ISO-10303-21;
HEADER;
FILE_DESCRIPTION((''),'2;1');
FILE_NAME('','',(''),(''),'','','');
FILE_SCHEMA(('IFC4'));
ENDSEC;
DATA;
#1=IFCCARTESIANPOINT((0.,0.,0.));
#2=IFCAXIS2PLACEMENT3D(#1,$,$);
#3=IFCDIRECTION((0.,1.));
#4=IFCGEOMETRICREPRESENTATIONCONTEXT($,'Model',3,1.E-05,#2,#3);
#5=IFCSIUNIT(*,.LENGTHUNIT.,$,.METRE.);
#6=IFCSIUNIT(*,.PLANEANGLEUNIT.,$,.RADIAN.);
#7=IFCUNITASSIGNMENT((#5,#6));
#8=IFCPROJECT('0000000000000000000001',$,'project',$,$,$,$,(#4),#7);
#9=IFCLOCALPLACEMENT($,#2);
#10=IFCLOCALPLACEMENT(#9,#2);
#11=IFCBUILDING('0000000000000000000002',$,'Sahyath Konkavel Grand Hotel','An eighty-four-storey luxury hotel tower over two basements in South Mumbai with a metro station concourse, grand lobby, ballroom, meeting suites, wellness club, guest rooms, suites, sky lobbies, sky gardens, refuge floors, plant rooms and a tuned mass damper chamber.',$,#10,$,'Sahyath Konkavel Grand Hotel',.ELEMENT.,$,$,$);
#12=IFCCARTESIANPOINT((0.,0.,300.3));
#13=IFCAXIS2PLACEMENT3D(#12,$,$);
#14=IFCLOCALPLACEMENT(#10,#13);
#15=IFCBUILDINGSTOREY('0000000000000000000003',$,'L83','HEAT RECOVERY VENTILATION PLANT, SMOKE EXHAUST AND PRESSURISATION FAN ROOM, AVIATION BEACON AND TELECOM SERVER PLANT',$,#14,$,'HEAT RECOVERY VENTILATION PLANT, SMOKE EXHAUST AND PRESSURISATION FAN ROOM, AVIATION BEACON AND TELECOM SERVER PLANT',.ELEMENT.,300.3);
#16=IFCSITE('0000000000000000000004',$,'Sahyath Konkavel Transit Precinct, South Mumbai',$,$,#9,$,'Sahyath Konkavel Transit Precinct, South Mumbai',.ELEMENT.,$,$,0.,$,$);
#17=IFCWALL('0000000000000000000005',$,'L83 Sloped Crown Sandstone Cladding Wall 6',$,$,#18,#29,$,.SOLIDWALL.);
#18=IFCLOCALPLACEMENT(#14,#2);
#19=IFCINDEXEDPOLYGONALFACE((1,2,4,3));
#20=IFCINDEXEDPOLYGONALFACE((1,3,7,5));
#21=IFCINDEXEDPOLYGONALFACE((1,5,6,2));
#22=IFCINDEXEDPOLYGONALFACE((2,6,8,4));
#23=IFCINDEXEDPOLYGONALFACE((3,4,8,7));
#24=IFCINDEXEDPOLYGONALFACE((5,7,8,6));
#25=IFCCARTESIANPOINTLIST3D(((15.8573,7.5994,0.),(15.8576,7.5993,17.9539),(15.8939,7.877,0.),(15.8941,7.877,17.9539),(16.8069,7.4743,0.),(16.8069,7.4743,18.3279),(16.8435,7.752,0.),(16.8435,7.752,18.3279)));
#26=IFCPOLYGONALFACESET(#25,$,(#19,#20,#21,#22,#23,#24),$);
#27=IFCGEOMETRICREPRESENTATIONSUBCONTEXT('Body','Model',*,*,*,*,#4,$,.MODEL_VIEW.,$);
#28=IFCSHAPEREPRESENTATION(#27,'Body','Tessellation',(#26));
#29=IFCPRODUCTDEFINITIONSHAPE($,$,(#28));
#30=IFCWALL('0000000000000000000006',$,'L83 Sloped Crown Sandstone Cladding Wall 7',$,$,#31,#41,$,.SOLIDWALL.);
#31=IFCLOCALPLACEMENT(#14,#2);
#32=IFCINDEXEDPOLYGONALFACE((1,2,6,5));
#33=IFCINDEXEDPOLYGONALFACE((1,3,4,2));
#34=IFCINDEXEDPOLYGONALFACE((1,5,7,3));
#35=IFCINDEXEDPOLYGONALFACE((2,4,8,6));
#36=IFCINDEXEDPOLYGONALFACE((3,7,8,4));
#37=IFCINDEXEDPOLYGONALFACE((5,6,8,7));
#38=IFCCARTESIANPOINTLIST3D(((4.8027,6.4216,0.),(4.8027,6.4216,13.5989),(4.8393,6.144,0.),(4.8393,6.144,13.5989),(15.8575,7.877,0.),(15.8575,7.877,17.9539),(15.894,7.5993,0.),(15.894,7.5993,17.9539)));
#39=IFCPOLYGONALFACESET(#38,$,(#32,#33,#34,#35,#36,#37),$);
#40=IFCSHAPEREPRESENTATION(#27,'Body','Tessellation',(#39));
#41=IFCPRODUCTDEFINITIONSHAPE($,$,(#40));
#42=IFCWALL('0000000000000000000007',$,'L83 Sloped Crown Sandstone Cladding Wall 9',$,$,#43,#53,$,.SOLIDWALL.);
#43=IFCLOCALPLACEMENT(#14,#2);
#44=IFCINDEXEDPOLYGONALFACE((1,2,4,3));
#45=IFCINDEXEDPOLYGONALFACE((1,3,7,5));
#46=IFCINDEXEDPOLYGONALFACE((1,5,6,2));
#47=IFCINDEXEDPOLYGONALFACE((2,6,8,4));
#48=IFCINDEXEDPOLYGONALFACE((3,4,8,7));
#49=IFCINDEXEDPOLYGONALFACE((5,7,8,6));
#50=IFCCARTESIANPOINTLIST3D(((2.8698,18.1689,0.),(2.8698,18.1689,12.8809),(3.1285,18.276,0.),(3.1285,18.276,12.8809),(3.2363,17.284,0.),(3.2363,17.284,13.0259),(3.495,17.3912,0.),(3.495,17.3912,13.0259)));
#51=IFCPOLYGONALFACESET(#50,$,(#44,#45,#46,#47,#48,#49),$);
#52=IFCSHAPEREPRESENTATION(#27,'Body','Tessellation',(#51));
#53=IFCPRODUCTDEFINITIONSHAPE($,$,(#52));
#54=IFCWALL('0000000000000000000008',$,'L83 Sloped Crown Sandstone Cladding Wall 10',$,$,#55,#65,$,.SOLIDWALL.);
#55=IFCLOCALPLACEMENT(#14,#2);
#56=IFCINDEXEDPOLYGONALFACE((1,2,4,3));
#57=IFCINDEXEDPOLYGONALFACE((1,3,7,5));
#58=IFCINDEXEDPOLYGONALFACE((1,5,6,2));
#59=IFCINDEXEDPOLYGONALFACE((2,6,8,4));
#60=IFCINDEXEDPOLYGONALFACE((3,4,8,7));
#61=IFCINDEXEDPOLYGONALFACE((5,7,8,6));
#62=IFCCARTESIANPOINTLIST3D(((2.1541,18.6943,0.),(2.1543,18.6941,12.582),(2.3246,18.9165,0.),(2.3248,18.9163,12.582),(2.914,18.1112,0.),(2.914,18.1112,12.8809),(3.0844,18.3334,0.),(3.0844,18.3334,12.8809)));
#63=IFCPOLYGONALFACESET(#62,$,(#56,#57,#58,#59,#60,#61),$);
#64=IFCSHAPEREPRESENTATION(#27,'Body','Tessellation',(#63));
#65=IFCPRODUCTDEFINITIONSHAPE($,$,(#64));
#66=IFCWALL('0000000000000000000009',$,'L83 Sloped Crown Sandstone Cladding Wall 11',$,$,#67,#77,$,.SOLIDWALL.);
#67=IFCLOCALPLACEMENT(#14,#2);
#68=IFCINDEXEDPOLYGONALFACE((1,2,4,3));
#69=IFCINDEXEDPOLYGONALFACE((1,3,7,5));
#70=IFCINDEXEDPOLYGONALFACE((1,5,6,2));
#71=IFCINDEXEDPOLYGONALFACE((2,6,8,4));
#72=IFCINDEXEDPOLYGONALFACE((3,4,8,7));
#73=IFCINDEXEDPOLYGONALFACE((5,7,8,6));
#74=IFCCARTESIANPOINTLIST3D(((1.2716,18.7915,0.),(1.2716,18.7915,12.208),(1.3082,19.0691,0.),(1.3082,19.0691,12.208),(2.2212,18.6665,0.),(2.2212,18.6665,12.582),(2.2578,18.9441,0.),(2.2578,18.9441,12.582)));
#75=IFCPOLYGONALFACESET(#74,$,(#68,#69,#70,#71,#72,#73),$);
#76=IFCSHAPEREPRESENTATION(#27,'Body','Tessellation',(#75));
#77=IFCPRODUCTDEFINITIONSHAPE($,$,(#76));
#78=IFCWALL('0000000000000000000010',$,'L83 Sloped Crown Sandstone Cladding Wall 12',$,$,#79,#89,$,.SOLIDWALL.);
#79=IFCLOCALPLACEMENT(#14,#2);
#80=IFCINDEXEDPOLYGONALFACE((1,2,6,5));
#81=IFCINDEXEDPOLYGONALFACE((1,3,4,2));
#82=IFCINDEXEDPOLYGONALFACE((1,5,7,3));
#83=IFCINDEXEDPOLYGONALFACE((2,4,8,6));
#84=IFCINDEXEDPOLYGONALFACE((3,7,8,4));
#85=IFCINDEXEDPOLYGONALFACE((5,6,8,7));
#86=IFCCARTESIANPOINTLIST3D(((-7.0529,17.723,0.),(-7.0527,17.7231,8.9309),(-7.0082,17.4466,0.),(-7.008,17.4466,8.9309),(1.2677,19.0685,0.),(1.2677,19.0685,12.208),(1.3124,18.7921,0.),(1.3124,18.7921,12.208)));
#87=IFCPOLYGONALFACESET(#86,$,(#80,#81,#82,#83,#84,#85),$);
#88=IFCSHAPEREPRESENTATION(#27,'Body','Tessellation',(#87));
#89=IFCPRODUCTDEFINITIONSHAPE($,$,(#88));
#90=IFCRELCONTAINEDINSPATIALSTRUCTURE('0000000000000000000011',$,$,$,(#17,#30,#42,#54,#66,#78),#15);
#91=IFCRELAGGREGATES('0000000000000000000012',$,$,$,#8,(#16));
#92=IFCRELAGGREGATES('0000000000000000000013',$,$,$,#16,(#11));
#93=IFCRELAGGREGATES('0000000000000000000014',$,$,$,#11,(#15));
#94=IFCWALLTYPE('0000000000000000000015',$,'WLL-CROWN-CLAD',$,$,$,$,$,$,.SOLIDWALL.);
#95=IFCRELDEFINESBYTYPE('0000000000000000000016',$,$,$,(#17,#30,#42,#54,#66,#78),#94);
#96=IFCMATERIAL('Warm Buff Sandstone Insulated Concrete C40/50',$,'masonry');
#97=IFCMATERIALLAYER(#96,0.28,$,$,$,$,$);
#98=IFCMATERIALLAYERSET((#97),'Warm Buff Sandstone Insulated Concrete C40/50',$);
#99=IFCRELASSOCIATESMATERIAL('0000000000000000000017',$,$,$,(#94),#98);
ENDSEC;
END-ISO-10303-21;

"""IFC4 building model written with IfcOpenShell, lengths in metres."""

from ifc_helpers import new_model, si_unit, direction, frame, origin, place, context, subcontext, project, spatial, polyline, outline, extrude, material, layer, layer_set, type_object, element, save


model = new_model("IFC4")

# Units and contexts
model_context = context("Model", 3, precision=1e-05, world=origin(), true_north=direction((0.0, 1.0)))
body_context = subcontext(model_context, "Body", "Model", "MODEL_VIEW")
ifc_project = project(units=[si_unit("LENGTHUNIT", "METRE"), si_unit("PLANEANGLEUNIT", "RADIAN")], contexts=[model_context])

# Site, building, storey
site_placement = place(None, origin())
site = spatial("IfcSite", under=ifc_project, at=site_placement, Name="Sahyath Konkavel Transit Precinct, South Mumbai", LongName="Sahyath Konkavel Transit Precinct, South Mumbai", CompositionType="ELEMENT", RefElevation=0.0)
building_placement = place(site_placement, origin())
building = spatial("IfcBuilding", under=site, at=building_placement, Name="Sahyath Konkavel Grand Hotel", Description="An eighty-four-storey luxury hotel tower over two basements in South Mumbai with a metro station concourse, grand lobby, ballroom, meeting suites, wellness club, guest rooms, suites, sky lobbies, sky gardens, refuge floors, plant rooms and a tuned mass damper chamber.", LongName="Sahyath Konkavel Grand Hotel", CompositionType="ELEMENT")
storey_placement = place(building_placement, frame((0.0, 0.0, 300.3)))
storey = spatial("IfcBuildingStorey", under=building, at=storey_placement, Name="L83", Description="HEAT RECOVERY VENTILATION PLANT, SMOKE EXHAUST AND PRESSURISATION FAN ROOM, AVIATION BEACON AND TELECOM SERVER PLANT", LongName="HEAT RECOVERY VENTILATION PLANT, SMOKE EXHAUST AND PRESSURISATION FAN ROOM, AVIATION BEACON AND TELECOM SERVER PLANT", CompositionType="ELEMENT", Elevation=300.3)

# Walls
ifc_material_1 = material(Name="Warm Buff Sandstone Insulated Concrete C40/50", Category="masonry")
ifc_layer_1 = layer(ifc_material_1, 0.28)
ifc_layer_set_1 = layer_set([ifc_layer_1], Name="Warm Buff Sandstone Insulated Concrete C40/50")
wall_type_1 = type_object("IfcWallType", Name="WLL-CROWN-CLAD", PredefinedType="SOLIDWALL", material=ifc_layer_set_1)
wall_1_placement = place(storey_placement, frame((16.8252, 7.6133, 0.0), z_axis=(0.0, 0.0, 1.0), x_axis=(-0.991445, 0.130527, 0.0)))
element("IfcWall", 1, at=wall_1_placement, inside=storey, type_object=wall_type_1, Name="L83 Sloped Crown Sandstone Cladding Wall 6", PredefinedType="SOLIDWALL", context=body_context, shape_type="SweptSolid", body=[
    extrude(outline(polyline([(0.0, 0.0), (0.9578, 0.0), (0.9575, 17.9539), (0.0, 18.3279), (0.0, 0.0)])), frame((0.0, 0.1401, 0.0), z_axis=(0.0, -1.0, 0.0), x_axis=(1.0, 0.0, 0.0)), (0.0, 0.0, 1.0), 0.28),
])
wall_2_placement = place(storey_placement, frame((15.8757, 7.7383, 0.0), z_axis=(0.0, 0.0, 1.0), x_axis=(-0.991445, -0.130521, 0.0)))
element("IfcWall", 2, at=wall_2_placement, inside=storey, type_object=wall_type_1, Name="L83 Sloped Crown Sandstone Cladding Wall 7", PredefinedType="SOLIDWALL", context=body_context, shape_type="SweptSolid", body=[
    extrude(outline(polyline([(0.0, 0.0), (11.1501, 0.0), (11.1501, 13.5989), (0.0, 17.9539), (0.0, 0.0)])), frame((0.0, 0.1401, 0.0), z_axis=(0.0, -1.0, 0.0), x_axis=(1.0, 0.0, 0.0)), (0.0, 0.0, 1.0), 0.28),
])
wall_3_placement = place(storey_placement, frame((3.3657, 17.3376, 0.0), z_axis=(0.0, 0.0, 1.0), x_axis=(-0.38266, 0.923889, 0.0)))
element("IfcWall", 3, at=wall_3_placement, inside=storey, type_object=wall_type_1, Name="L83 Sloped Crown Sandstone Cladding Wall 9", PredefinedType="SOLIDWALL", context=body_context, shape_type="SweptSolid", body=[
    extrude(outline(polyline([(0.0, 0.0), (0.9578, 0.0), (0.9578, 12.8809), (0.0, 13.0259), (0.0, 0.0)])), frame((0.0, 0.1401, 0.0), z_axis=(0.0, -1.0, 0.0), x_axis=(1.0, 0.0, 0.0)), (0.0, 0.0, 1.0), 0.28),
])
wall_4_placement = place(storey_placement, frame((2.9993, 18.2224, 0.0), z_axis=(0.0, 0.0, 1.0), x_axis=(-0.793344, 0.608774, 0.0)))
element("IfcWall", 4, at=wall_4_placement, inside=storey, type_object=wall_type_1, Name="L83 Sloped Crown Sandstone Cladding Wall 10", PredefinedType="SOLIDWALL", context=body_context, shape_type="SweptSolid", body=[
    extrude(outline(polyline([(0.0, 0.0), (0.9578, 0.0), (0.9575, 12.582), (0.0, 12.8809), (0.0, 0.0)])), frame((0.0, 0.1401, 0.0), z_axis=(0.0, -1.0, 0.0), x_axis=(1.0, 0.0, 0.0)), (0.0, 0.0, 1.0), 0.28),
])
wall_5_placement = place(storey_placement, frame((2.2395, 18.8054, 0.0), z_axis=(0.0, 0.0, 1.0), x_axis=(-0.991445, 0.130527, 0.0)))
element("IfcWall", 5, at=wall_5_placement, inside=storey, type_object=wall_type_1, Name="L83 Sloped Crown Sandstone Cladding Wall 11", PredefinedType="SOLIDWALL", context=body_context, shape_type="SweptSolid", body=[
    extrude(outline(polyline([(0.0, 0.0), (0.9578, 0.0), (0.9578, 12.208), (0.0, 12.582), (0.0, 0.0)])), frame((0.0, 0.1401, 0.0), z_axis=(0.0, -1.0, 0.0), x_axis=(1.0, 0.0, 0.0)), (0.0, 0.0, 1.0), 0.28),
])
wall_6_placement = place(storey_placement, frame((1.29, 18.9304, 0.0), z_axis=(0.0, 0.0, 1.0), x_axis=(-0.987177, -0.159629, 0.0)))
element("IfcWall", 6, at=wall_6_placement, inside=storey, type_object=wall_type_1, Name="L83 Sloped Crown Sandstone Cladding Wall 12", PredefinedType="SOLIDWALL", context=body_context, shape_type="SweptSolid", body=[
    extrude(outline(polyline([(0.0, 0.0), (8.4287, 0.0), (8.4285, 8.9309), (0.0, 12.208), (0.0, 0.0)])), frame((0.0, 0.1401, 0.0), z_axis=(0.0, -1.0, 0.0), x_axis=(1.0, 0.0, 0.0)), (0.0, 0.0, 1.0), 0.28),
])

save(model, "model.ifc")
